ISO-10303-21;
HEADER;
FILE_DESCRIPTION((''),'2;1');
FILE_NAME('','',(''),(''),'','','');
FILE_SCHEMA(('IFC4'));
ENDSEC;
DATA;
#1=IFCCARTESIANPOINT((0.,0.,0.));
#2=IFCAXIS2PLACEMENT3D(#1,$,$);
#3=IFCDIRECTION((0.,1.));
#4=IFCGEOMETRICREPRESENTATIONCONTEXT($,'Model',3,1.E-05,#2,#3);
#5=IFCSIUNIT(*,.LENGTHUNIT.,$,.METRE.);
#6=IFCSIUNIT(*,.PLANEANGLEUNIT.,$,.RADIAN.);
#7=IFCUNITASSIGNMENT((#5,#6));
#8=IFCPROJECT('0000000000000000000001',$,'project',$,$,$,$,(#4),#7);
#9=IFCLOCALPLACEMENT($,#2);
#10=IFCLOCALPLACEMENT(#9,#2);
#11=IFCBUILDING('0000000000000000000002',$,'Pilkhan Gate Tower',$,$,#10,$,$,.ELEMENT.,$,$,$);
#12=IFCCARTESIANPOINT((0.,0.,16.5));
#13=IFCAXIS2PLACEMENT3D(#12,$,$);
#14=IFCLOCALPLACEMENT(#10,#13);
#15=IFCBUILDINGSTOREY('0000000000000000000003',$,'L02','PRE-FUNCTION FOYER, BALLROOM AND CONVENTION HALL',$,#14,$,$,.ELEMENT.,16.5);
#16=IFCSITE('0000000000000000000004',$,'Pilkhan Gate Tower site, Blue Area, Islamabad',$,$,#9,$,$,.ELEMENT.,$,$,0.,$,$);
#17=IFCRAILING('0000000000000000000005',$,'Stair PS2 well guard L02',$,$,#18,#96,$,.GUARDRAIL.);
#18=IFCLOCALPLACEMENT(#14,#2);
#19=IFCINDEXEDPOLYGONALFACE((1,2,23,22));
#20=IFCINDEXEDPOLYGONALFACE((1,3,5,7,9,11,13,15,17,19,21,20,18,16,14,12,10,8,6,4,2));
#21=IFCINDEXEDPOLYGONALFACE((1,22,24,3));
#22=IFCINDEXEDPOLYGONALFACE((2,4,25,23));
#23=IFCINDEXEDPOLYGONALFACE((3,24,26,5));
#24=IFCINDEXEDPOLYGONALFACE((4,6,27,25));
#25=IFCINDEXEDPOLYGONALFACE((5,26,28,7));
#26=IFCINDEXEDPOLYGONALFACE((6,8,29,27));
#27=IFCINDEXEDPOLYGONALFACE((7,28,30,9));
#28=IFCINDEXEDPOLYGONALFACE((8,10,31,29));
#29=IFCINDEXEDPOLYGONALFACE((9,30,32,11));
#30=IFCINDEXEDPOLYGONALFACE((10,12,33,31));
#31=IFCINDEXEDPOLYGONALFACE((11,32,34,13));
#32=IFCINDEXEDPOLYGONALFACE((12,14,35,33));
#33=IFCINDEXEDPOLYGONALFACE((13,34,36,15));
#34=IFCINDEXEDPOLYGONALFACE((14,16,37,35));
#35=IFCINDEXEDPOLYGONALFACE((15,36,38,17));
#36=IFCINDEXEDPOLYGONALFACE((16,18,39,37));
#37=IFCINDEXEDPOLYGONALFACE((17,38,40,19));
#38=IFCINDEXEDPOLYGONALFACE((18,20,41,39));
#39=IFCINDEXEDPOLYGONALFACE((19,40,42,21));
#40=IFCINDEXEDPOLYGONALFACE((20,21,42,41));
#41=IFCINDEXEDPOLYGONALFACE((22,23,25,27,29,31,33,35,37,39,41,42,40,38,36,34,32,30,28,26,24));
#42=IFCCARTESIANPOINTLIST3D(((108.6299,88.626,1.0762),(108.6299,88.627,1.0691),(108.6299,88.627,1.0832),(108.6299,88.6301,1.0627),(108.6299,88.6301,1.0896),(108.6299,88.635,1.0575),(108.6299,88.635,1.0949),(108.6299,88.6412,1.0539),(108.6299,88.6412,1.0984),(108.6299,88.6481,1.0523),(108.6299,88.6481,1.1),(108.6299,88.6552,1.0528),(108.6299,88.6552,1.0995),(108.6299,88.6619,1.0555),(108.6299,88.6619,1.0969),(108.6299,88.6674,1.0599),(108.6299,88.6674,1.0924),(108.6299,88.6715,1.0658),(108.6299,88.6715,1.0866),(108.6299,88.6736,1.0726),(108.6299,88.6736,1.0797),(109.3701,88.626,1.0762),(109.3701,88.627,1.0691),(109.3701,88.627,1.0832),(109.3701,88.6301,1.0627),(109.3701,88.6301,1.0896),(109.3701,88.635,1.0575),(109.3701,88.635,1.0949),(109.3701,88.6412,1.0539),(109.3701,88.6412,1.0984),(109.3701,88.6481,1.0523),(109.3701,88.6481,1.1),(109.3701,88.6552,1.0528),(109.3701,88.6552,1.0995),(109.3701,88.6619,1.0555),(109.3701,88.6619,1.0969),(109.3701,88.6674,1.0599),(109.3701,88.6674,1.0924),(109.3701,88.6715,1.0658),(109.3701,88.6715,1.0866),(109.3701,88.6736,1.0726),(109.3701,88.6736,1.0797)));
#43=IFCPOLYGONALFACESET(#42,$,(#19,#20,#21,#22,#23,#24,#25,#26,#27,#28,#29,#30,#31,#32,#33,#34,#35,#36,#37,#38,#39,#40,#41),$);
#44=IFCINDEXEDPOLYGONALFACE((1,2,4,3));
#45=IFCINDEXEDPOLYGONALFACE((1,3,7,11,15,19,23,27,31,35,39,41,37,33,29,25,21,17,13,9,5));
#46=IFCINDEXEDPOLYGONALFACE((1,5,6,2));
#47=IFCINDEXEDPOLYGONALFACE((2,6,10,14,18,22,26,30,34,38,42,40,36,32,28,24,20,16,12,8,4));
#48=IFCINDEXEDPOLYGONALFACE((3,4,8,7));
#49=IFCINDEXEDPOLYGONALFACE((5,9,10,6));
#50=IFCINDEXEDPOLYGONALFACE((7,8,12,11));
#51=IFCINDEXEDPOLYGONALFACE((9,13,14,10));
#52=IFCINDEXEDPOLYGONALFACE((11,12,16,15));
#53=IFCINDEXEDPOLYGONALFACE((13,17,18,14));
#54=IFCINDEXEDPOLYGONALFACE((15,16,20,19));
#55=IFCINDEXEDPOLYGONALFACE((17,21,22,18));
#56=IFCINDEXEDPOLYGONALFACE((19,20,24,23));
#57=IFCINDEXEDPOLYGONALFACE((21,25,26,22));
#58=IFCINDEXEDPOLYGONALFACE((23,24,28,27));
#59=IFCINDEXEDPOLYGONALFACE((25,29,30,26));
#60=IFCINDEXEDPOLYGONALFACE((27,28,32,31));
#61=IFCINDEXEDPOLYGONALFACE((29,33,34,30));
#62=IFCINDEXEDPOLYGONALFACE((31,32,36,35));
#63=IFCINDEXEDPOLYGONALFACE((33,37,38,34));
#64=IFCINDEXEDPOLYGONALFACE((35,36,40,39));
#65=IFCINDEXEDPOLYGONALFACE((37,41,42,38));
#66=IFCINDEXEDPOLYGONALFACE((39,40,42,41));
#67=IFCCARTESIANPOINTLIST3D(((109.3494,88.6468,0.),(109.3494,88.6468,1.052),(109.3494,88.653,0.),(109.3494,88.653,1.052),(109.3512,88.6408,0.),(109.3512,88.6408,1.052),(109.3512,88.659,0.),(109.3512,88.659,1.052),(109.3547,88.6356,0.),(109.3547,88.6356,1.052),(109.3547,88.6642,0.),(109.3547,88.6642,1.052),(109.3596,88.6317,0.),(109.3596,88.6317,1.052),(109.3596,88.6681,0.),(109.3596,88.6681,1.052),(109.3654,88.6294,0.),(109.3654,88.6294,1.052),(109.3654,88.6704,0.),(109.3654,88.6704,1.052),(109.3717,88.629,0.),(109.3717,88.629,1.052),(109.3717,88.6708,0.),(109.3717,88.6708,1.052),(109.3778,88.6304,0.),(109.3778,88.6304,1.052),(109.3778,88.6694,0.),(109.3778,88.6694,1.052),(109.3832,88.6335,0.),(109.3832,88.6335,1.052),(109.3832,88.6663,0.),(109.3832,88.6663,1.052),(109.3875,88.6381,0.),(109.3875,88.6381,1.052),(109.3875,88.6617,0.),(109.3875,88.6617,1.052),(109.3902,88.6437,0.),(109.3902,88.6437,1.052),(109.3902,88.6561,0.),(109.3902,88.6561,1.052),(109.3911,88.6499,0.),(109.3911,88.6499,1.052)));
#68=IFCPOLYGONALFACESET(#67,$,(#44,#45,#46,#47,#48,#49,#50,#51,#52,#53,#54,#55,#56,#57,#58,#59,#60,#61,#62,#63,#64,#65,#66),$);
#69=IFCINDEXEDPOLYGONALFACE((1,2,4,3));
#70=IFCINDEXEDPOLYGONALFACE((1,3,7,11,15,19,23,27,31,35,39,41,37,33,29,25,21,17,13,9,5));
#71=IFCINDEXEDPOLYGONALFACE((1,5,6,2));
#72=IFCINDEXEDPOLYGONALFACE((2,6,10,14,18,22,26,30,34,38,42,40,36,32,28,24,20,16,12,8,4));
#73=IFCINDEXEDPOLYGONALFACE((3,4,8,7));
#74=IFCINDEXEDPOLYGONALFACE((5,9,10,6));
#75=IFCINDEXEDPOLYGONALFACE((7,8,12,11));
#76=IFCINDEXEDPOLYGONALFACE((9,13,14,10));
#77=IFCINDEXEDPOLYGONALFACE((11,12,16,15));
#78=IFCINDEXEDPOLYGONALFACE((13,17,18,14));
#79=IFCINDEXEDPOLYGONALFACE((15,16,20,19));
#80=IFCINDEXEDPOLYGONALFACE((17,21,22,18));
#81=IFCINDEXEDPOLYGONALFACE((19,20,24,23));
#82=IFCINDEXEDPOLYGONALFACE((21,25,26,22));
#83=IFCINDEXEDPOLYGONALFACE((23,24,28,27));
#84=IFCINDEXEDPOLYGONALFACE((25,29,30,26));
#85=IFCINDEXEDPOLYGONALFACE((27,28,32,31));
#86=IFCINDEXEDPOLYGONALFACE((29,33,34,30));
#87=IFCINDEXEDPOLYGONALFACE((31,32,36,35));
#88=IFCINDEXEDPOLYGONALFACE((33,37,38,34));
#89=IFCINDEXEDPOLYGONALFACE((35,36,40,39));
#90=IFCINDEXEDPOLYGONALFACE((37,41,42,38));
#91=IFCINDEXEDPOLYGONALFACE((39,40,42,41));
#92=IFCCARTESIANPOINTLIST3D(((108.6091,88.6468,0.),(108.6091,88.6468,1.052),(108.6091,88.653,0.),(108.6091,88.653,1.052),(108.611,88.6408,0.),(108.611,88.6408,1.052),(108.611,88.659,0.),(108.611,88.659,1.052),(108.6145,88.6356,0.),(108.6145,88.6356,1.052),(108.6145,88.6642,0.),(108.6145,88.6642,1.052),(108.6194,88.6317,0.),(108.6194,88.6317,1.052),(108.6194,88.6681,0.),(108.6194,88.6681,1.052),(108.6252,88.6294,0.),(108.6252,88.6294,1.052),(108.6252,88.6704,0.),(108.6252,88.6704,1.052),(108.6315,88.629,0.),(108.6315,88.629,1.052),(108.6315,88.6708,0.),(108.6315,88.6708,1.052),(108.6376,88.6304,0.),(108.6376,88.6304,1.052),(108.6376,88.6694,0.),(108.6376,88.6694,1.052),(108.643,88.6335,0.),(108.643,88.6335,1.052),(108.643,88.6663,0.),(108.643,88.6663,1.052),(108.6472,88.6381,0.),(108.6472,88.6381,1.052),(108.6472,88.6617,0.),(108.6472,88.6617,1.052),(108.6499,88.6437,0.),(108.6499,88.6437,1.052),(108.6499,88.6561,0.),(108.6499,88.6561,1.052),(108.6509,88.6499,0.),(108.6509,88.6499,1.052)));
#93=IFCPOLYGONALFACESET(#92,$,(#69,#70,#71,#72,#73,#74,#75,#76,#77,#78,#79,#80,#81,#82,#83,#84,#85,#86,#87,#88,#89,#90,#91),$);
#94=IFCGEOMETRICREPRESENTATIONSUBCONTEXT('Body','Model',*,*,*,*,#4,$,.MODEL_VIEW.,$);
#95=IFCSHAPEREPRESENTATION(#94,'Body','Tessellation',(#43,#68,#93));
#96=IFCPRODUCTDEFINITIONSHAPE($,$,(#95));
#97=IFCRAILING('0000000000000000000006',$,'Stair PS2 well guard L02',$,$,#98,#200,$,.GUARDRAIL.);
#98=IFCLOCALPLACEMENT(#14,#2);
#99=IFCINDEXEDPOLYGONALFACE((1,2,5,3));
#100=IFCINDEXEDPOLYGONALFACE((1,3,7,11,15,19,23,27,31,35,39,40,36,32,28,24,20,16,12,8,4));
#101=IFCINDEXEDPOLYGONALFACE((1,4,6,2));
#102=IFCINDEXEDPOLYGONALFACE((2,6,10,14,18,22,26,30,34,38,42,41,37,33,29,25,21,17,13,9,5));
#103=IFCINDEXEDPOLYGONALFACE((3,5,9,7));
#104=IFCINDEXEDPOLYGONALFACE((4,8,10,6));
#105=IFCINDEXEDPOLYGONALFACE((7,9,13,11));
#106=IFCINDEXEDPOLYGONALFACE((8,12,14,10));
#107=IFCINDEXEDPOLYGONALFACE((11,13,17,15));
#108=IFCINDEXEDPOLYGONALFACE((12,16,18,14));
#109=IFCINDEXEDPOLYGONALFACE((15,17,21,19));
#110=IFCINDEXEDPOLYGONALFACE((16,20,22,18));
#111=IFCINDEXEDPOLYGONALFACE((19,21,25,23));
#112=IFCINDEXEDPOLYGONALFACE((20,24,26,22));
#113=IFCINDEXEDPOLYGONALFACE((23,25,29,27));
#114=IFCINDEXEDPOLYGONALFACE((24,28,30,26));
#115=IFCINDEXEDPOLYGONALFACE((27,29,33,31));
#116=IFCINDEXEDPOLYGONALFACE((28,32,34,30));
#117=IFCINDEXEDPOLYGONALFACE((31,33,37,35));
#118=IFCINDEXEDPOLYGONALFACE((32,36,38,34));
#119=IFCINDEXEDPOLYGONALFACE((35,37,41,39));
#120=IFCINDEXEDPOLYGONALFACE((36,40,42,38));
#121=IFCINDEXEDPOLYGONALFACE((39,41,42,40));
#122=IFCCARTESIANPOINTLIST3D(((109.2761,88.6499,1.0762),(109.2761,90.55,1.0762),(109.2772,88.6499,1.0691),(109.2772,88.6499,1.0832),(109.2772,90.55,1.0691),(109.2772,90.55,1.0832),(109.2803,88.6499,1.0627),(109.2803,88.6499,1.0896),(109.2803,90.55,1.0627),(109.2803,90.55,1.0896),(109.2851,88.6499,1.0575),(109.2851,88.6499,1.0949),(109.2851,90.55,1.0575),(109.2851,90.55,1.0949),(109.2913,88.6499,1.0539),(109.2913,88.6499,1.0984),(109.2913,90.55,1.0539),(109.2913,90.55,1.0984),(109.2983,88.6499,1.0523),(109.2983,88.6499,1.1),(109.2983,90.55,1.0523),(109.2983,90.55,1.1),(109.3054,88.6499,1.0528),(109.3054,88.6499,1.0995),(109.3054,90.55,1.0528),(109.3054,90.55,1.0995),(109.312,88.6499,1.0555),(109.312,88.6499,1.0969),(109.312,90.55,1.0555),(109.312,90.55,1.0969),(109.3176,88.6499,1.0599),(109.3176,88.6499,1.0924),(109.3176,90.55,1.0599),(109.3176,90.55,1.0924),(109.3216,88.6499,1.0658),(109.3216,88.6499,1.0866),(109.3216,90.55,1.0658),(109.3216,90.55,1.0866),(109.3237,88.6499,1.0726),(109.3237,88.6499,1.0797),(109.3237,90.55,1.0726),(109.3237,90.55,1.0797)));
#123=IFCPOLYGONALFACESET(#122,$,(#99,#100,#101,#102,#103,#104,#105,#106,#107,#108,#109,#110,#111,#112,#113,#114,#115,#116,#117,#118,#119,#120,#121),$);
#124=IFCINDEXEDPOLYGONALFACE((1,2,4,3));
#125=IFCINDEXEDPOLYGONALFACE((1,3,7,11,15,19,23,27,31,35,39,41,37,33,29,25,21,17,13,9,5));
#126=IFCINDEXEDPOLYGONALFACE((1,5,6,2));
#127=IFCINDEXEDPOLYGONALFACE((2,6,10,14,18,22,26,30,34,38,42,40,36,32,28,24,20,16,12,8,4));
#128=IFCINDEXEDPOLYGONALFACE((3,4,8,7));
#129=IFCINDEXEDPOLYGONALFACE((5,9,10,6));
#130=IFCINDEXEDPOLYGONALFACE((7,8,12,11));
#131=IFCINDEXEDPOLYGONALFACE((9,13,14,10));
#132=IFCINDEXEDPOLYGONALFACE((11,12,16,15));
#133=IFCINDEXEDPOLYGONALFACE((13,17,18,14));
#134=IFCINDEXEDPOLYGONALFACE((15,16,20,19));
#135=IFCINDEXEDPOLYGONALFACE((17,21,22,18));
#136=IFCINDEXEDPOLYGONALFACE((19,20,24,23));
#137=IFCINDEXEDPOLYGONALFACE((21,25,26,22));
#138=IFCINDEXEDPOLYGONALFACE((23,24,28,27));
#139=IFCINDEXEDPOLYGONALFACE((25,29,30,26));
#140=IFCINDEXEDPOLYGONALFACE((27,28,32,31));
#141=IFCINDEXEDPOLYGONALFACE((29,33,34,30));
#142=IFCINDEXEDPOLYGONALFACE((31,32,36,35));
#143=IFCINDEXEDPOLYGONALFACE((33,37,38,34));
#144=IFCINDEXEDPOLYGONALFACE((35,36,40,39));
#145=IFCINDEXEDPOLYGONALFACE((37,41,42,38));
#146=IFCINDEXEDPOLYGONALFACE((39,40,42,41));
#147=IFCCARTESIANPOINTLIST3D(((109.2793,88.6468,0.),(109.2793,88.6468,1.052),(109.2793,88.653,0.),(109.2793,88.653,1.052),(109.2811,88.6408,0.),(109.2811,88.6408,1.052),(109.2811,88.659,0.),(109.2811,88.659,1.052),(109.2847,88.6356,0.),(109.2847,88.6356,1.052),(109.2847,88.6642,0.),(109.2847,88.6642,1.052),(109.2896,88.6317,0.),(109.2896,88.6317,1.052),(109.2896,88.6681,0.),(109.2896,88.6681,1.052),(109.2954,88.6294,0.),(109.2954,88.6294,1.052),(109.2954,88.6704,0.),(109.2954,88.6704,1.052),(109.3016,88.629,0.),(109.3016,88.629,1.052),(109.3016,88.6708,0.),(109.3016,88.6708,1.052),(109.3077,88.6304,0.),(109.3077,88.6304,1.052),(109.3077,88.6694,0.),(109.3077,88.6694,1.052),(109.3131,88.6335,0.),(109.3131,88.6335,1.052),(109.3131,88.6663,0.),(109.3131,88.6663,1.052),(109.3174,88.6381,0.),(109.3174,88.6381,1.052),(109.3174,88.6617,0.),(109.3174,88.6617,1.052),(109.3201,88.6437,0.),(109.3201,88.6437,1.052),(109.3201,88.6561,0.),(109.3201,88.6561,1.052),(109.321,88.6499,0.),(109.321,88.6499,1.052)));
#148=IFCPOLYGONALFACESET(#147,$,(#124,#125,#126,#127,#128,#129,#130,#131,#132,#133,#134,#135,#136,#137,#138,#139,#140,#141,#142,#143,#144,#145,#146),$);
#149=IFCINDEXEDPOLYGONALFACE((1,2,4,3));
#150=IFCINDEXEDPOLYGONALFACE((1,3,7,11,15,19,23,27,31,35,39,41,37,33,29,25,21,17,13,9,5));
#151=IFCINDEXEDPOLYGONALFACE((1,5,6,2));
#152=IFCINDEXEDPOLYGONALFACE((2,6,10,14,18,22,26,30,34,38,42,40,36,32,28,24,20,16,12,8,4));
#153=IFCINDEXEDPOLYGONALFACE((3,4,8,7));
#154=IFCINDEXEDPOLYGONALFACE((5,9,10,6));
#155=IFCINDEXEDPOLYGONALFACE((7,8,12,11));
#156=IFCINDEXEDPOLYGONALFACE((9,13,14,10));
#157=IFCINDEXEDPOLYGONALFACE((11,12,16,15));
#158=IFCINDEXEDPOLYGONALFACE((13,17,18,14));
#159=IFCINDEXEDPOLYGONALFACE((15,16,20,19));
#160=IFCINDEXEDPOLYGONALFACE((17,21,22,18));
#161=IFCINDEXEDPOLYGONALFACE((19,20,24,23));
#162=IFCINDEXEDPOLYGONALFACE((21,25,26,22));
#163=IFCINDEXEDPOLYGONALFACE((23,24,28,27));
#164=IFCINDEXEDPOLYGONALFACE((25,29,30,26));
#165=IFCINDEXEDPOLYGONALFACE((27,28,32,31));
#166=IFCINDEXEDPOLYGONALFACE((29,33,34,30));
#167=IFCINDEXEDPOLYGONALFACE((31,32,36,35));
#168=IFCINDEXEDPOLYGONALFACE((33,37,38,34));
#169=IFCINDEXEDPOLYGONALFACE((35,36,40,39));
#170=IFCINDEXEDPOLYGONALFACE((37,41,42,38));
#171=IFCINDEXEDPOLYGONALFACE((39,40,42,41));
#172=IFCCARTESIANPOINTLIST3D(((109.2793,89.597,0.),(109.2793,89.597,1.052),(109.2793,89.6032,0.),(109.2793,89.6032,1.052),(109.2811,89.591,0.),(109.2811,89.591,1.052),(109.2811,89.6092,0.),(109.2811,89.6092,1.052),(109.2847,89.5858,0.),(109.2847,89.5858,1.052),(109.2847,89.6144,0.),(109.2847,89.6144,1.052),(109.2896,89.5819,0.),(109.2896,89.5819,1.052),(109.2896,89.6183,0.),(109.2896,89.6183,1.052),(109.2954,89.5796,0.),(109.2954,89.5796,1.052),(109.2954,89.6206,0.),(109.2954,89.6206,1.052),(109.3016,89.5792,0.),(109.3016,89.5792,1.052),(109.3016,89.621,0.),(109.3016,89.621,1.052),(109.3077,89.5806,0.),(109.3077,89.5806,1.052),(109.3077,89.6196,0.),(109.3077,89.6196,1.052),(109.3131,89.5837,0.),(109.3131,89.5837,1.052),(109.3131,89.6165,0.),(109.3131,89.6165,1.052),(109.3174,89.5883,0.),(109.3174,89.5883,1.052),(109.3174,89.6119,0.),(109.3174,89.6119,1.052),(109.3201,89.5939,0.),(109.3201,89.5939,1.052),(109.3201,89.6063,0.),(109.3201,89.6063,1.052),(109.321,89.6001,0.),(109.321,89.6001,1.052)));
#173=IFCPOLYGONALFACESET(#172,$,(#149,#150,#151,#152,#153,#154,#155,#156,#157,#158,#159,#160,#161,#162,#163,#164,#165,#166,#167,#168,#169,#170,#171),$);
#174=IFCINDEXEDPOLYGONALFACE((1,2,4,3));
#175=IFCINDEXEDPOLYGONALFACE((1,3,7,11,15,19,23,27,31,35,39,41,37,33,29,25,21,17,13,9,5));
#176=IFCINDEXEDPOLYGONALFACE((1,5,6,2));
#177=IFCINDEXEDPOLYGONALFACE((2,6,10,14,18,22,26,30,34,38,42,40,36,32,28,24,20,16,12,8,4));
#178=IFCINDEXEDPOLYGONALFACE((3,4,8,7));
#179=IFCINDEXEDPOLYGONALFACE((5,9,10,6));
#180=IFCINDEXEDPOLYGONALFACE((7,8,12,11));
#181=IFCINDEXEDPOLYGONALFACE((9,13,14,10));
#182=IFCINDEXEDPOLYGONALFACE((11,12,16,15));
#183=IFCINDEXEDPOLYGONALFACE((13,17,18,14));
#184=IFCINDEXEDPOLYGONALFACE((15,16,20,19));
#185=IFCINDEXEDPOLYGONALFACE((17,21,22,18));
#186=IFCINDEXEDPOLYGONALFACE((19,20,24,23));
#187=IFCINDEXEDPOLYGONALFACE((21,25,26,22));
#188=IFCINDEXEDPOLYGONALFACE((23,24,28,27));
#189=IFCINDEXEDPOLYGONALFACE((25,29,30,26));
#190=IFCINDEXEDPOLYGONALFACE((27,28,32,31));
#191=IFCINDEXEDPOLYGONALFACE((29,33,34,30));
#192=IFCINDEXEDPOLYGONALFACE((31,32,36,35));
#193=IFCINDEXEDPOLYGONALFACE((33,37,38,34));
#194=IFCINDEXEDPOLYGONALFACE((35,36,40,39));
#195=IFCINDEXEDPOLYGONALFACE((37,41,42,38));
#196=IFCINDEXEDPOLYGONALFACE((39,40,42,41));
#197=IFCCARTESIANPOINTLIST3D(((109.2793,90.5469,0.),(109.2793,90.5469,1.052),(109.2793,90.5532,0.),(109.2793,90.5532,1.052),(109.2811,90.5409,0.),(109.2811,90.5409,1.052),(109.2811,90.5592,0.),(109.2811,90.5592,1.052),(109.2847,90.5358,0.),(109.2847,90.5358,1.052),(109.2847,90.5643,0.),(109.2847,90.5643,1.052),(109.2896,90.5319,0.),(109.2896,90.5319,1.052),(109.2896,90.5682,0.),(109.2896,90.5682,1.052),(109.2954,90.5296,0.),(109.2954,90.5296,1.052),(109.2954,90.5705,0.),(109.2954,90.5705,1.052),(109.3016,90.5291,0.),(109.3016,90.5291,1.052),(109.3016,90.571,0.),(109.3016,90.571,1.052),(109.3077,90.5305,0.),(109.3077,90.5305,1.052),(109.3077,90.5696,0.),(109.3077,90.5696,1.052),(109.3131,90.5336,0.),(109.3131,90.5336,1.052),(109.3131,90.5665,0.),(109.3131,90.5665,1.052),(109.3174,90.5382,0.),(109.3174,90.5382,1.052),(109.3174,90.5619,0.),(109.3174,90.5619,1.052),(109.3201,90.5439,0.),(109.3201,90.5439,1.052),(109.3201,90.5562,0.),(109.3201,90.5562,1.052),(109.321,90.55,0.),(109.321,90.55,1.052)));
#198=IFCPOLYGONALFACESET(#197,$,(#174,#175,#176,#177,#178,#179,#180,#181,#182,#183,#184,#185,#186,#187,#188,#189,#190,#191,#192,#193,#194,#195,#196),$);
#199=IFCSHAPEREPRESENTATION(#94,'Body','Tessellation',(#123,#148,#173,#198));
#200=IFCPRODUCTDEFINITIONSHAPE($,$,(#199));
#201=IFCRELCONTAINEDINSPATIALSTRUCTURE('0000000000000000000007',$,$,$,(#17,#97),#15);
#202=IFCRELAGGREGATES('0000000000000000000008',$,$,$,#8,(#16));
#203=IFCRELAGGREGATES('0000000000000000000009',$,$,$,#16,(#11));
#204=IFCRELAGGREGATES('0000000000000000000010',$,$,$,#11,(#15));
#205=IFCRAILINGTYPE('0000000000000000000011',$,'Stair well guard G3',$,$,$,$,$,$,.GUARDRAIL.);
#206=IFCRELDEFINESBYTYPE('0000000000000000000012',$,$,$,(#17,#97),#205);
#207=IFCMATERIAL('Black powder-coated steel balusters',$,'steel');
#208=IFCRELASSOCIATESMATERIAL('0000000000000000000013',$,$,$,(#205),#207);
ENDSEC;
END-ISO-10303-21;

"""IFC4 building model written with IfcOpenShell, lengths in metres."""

from ifc_helpers import new_model, si_unit, direction, frame, origin, origin_2d, place, context, subcontext, project, spatial, circle, extrude, material, type_object, element, save


model = new_model("IFC4")

# Units and contexts
model_context = context("Model", 3, precision=1e-05, world=origin(), true_north=direction((0.0, 1.0)))
body_context = subcontext(model_context, "Body", "Model", "MODEL_VIEW")
ifc_project = project(units=[si_unit("LENGTHUNIT", "METRE"), si_unit("PLANEANGLEUNIT", "RADIAN")], contexts=[model_context])

# Site, building, storey
site_placement = place(None, origin())
site = spatial("IfcSite", under=ifc_project, at=site_placement, Name="Pilkhan Gate Tower site, Blue Area, Islamabad", CompositionType="ELEMENT", RefElevation=0.0)
building_placement = place(site_placement, origin())
building = spatial("IfcBuilding", under=site, at=building_placement, Name="Pilkhan Gate Tower", CompositionType="ELEMENT")
storey_placement = place(building_placement, frame((0.0, 0.0, 16.5)))
storey = spatial("IfcBuildingStorey", under=building, at=storey_placement, Name="L02", Description="PRE-FUNCTION FOYER, BALLROOM AND CONVENTION HALL", CompositionType="ELEMENT", Elevation=16.5)

# Railings
ifc_material_1 = material(Name="Black powder-coated steel balusters", Category="steel")
railing_type_1 = type_object("IfcRailingType", Name="Stair well guard G3", PredefinedType="GUARDRAIL", material=ifc_material_1)
railing_1_placement = place(storey_placement, frame((109.3701, 88.6499, 0.0)))
element("IfcRailing", 1, at=railing_1_placement, inside=storey, type_object=railing_type_1, Name="Stair PS2 well guard L02", PredefinedType="GUARDRAIL", context=body_context, shape_type="SweptSolid", body=[
    extrude(circle(Radius=0.0239, at=origin_2d()), frame((0.0, 0.0, 1.0762), z_axis=(-1.0, 0.0, 0.0), x_axis=(0.0, -1.0, 0.0)), (0.0, 0.0, 1.0), 0.7402),
    extrude(circle(Radius=0.021, at=origin_2d()), origin(), (0.0, 0.0, 1.0), 1.052),
    extrude(circle(Radius=0.021, at=origin_2d()), frame((-0.7402, 0.0, 0.0)), (0.0, 0.0, 1.0), 1.052),
])
railing_2_placement = place(storey_placement, frame((109.3, 88.6499, 0.0)))
element("IfcRailing", 2, at=railing_2_placement, inside=storey, type_object=railing_type_1, Name="Stair PS2 well guard L02", PredefinedType="GUARDRAIL", context=body_context, shape_type="SweptSolid", body=[
    extrude(circle(Radius=0.0239, at=origin_2d()), frame((0.0, 0.0, 1.0762), z_axis=(0.0, 1.0, 0.0), x_axis=(-1.0, 0.0, 0.0)), (0.0, 0.0, 1.0), 1.9001),
    extrude(circle(Radius=0.021, at=origin_2d()), origin(), (0.0, 0.0, 1.0), 1.052),
    extrude(circle(Radius=0.021, at=origin_2d()), frame((0.0, 0.9502, 0.0)), (0.0, 0.0, 1.0), 1.052),
    extrude(circle(Radius=0.021, at=origin_2d()), frame((0.0, 1.9001, 0.0)), (0.0, 0.0, 1.0), 1.052),
])

save(model, "model.ifc")
